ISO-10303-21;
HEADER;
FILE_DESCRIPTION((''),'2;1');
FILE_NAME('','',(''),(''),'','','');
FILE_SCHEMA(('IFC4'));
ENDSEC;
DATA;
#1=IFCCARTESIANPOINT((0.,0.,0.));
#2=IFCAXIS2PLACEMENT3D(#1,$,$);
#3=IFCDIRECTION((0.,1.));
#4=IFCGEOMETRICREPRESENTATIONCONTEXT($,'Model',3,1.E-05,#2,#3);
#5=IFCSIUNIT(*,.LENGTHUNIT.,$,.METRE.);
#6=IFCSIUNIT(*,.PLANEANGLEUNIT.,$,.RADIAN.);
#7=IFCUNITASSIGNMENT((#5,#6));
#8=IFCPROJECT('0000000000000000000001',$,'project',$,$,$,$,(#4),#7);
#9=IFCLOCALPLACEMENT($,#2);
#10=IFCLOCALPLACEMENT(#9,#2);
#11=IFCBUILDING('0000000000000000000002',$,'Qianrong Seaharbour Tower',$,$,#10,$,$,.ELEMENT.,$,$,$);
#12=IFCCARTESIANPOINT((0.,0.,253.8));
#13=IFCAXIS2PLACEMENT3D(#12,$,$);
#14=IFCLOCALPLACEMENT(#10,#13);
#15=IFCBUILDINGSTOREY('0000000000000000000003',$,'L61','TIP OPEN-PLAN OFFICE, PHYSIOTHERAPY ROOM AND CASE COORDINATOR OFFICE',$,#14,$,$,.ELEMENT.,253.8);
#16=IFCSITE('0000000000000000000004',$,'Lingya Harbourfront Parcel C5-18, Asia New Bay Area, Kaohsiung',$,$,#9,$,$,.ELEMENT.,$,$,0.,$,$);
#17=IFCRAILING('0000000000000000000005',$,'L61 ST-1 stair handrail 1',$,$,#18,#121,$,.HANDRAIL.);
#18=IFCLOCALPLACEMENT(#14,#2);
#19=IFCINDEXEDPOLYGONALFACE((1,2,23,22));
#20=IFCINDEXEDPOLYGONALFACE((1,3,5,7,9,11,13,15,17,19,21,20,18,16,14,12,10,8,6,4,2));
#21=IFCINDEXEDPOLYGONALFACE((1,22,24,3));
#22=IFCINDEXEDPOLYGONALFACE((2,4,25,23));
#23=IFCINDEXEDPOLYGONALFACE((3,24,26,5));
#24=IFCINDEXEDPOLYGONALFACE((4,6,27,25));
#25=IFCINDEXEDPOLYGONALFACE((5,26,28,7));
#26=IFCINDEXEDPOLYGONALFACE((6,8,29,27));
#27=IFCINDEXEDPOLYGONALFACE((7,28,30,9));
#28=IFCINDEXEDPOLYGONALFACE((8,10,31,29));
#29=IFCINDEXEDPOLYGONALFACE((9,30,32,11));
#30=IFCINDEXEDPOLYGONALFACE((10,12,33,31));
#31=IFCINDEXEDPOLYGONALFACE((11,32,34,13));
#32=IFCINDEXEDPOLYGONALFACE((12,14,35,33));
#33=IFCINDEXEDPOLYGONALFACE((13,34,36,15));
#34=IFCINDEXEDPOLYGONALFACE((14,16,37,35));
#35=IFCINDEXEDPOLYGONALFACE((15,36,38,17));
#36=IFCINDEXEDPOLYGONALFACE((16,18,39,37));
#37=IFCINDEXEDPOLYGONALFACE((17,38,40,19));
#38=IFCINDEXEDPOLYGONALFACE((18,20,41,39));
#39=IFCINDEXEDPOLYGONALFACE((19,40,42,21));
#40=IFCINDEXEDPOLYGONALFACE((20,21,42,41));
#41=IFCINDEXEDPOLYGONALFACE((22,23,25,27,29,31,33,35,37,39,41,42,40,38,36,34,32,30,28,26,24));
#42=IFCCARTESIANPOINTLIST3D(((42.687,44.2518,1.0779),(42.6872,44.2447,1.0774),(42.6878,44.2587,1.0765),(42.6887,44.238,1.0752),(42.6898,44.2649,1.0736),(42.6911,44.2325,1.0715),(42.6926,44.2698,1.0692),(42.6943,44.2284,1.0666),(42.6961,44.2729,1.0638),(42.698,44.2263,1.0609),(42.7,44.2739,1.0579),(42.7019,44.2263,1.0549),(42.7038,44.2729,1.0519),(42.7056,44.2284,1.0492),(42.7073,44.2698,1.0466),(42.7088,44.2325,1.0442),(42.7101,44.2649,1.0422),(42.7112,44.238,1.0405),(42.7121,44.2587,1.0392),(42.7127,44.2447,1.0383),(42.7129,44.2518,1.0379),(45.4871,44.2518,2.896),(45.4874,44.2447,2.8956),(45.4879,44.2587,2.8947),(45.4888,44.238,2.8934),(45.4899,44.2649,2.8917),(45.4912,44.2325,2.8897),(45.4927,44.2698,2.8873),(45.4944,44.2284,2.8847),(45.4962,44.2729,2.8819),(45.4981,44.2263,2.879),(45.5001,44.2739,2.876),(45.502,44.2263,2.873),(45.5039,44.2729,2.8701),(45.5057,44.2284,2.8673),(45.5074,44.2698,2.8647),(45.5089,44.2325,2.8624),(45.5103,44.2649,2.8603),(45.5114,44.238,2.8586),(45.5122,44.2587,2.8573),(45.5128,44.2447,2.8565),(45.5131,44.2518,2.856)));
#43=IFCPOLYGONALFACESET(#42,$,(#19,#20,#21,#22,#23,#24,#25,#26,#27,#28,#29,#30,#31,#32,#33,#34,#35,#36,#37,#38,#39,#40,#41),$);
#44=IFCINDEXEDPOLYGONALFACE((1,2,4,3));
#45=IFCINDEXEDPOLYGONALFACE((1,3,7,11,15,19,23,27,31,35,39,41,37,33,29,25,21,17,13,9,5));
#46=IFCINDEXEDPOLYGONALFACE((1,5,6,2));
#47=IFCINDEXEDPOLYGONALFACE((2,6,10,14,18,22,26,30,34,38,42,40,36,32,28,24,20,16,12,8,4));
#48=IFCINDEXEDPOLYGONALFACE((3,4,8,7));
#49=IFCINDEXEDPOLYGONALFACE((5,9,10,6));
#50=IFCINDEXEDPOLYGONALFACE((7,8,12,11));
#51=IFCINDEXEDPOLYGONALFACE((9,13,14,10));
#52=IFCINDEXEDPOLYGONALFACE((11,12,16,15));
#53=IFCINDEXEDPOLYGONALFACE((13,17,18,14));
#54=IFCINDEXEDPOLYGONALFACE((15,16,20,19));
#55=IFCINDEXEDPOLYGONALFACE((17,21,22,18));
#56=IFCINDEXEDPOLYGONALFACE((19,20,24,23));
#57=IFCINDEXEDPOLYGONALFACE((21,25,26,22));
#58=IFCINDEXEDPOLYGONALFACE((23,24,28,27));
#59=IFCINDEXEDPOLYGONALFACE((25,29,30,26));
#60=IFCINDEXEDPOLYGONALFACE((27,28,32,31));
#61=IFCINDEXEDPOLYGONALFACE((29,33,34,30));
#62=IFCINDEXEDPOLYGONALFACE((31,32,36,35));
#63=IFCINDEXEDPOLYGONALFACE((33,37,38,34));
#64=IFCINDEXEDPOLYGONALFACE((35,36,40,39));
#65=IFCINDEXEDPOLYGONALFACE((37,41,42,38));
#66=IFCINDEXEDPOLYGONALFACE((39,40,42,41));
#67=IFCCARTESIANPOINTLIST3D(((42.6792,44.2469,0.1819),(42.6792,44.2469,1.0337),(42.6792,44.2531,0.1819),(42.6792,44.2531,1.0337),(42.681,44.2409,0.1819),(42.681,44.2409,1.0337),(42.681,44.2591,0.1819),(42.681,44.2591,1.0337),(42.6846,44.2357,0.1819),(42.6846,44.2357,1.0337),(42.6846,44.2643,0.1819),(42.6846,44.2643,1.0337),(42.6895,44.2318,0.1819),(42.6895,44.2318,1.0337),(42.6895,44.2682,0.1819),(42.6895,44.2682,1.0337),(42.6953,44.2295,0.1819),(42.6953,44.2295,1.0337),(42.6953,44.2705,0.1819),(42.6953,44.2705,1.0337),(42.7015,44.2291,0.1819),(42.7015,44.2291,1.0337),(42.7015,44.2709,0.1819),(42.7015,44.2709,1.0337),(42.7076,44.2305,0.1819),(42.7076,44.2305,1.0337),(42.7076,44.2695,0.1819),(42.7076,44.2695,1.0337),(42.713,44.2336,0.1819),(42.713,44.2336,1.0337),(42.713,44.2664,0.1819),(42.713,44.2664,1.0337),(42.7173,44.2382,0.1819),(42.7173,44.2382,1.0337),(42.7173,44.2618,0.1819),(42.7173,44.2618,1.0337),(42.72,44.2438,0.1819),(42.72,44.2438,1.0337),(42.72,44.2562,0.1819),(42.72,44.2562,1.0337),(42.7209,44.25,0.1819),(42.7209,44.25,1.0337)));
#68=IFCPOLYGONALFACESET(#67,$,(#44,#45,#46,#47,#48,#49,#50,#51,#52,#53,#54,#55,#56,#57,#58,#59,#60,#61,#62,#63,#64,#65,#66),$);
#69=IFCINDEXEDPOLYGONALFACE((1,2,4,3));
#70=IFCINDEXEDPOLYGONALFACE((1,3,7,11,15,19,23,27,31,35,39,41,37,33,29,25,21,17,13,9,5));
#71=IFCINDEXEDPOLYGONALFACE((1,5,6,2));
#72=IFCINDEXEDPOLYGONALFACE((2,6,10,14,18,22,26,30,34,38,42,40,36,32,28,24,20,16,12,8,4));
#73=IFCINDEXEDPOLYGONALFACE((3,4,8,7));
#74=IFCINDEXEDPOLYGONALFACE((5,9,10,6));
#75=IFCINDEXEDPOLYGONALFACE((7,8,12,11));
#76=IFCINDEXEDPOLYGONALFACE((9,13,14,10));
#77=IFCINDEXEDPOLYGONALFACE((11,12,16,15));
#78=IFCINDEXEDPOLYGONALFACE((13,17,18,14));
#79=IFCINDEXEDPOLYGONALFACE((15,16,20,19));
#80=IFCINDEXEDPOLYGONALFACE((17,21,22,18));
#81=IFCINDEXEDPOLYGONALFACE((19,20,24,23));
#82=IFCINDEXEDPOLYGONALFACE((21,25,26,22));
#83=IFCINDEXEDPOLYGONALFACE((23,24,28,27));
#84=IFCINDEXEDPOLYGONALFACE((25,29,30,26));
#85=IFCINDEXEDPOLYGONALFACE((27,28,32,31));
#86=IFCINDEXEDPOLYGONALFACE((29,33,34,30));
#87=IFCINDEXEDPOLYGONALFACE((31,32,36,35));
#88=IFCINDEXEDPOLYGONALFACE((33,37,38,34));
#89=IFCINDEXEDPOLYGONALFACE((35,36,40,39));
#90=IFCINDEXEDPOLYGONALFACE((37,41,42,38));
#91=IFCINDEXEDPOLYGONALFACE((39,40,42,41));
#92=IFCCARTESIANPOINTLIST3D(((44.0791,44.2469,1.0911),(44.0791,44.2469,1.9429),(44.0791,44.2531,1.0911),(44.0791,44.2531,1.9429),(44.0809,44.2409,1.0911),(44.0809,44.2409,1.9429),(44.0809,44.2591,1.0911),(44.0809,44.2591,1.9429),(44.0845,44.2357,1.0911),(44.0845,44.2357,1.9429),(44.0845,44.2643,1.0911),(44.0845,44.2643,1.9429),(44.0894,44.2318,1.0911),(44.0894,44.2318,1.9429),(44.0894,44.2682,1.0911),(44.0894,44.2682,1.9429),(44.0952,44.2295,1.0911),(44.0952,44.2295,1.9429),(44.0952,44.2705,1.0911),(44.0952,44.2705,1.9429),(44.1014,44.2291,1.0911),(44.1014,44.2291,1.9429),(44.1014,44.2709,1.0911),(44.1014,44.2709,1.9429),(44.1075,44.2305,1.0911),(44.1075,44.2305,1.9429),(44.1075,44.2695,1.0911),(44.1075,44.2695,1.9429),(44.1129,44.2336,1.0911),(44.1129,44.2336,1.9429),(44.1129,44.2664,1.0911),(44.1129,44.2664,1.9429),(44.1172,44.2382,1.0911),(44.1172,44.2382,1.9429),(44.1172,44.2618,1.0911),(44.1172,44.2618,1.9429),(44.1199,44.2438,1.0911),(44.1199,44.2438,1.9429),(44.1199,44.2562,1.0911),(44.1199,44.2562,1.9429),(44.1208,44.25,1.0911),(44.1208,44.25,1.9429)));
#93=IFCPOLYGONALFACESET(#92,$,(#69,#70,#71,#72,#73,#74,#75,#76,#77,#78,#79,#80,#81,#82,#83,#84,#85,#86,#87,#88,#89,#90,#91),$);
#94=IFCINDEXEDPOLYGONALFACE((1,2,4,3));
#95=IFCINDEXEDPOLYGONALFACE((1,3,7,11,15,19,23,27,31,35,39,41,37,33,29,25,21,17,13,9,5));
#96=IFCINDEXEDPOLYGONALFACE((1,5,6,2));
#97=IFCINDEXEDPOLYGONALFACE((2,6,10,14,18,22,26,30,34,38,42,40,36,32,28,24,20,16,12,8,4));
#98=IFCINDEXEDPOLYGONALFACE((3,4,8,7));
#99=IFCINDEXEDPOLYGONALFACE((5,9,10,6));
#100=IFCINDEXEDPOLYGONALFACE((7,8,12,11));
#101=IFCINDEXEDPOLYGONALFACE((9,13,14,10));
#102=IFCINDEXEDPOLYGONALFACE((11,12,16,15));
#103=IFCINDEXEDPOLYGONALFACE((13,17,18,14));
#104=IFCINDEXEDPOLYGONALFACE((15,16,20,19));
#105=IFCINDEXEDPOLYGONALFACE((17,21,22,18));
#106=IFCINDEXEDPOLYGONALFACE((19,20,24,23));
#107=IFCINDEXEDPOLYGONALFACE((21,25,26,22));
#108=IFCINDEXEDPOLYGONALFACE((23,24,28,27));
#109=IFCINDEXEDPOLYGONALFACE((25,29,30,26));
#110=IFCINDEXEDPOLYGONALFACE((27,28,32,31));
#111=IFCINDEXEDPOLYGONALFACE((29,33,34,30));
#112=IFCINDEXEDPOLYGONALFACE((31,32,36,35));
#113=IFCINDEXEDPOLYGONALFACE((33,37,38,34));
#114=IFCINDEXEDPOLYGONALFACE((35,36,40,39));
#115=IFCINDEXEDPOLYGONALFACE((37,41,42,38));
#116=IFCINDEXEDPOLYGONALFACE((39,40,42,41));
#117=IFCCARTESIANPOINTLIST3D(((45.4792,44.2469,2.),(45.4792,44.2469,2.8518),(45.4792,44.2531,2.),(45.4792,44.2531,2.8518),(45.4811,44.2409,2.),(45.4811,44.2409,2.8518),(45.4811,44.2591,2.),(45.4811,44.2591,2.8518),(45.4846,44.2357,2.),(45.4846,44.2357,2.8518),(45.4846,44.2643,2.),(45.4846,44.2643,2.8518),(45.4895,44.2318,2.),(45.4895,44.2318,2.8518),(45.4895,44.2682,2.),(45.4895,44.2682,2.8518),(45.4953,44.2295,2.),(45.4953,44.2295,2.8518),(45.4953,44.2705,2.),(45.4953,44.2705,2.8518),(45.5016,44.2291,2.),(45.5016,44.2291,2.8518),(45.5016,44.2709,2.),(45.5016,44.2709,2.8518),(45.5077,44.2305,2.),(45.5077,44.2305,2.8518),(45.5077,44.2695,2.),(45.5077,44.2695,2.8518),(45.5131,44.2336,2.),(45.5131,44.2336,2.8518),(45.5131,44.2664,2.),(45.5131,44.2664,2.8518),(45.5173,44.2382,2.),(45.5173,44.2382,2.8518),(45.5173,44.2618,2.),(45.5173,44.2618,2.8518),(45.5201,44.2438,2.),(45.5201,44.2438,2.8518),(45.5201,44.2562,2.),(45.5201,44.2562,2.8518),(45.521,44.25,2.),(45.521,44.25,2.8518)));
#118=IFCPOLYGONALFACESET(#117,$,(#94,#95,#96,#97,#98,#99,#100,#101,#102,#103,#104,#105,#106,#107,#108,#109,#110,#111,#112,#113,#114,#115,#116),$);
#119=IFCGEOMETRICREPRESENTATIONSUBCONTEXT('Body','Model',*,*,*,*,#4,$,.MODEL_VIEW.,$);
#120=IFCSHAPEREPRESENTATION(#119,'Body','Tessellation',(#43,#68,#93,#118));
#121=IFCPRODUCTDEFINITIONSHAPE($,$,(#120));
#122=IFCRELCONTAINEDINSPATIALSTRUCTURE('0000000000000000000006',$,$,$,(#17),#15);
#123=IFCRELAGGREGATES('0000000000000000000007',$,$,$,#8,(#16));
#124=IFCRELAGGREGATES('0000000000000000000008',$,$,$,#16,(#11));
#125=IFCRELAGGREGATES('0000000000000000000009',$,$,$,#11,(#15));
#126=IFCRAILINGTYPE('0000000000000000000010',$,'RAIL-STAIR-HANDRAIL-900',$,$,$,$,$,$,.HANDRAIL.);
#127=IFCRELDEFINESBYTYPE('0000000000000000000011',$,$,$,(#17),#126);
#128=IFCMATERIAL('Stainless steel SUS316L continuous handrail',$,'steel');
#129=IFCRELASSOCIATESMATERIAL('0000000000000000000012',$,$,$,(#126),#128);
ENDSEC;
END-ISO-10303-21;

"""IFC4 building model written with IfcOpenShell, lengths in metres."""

from ifc_helpers import new_model, si_unit, direction, frame, origin, origin_2d, place, context, subcontext, project, spatial, circle, extrude, material, type_object, element, save


model = new_model("IFC4")

# Units and contexts
model_context = context("Model", 3, precision=1e-05, world=origin(), true_north=direction((0.0, 1.0)))
body_context = subcontext(model_context, "Body", "Model", "MODEL_VIEW")
ifc_project = project(units=[si_unit("LENGTHUNIT", "METRE"), si_unit("PLANEANGLEUNIT", "RADIAN")], contexts=[model_context])

# Site, building, storey
site_placement = place(None, origin())
site = spatial("IfcSite", under=ifc_project, at=site_placement, Name="Lingya Harbourfront Parcel C5-18, Asia New Bay Area, Kaohsiung", CompositionType="ELEMENT", RefElevation=0.0)
building_placement = place(site_placement, origin())
building = spatial("IfcBuilding", under=site, at=building_placement, Name="Qianrong Seaharbour Tower", CompositionType="ELEMENT")
storey_placement = place(building_placement, frame((0.0, 0.0, 253.8)))
storey = spatial("IfcBuildingStorey", under=building, at=storey_placement, Name="L61", Description="TIP OPEN-PLAN OFFICE, PHYSIOTHERAPY ROOM AND CASE COORDINATOR OFFICE", CompositionType="ELEMENT", Elevation=253.8)

# Railing
ifc_material_1 = material(Name="Stainless steel SUS316L continuous handrail", Category="steel")
railing_type_1 = type_object("IfcRailingType", Name="RAIL-STAIR-HANDRAIL-900", PredefinedType="HANDRAIL", material=ifc_material_1)
railing_1_placement = place(storey_placement, frame((42.7, 44.25, 0.1819)))
element("IfcRailing", 1, at=railing_1_placement, inside=storey, type_object=railing_type_1, Name="L61 ST-1 stair handrail 1", PredefinedType="HANDRAIL", context=body_context, shape_type="SweptSolid", body=[
    extrude(circle(Radius=0.0239, at=origin_2d()), frame((0.0, 0.0, 0.876), z_axis=(0.838706, 0.0, 0.544585), x_axis=(0.0, 1.0, 0.0)), (0.0, 0.0, 1.0), 3.3386),
    extrude(circle(Radius=0.021, at=origin_2d()), origin(), (0.0, 0.0, 1.0), 0.8518),
    extrude(circle(Radius=0.021, at=origin_2d()), frame((1.3999, 0.0, 0.9092)), (0.0, 0.0, 1.0), 0.8518),
    extrude(circle(Radius=0.021, at=origin_2d()), frame((2.8, 0.0, 1.8181)), (0.0, 0.0, 1.0), 0.8518),
])

save(model, "model.ifc")
